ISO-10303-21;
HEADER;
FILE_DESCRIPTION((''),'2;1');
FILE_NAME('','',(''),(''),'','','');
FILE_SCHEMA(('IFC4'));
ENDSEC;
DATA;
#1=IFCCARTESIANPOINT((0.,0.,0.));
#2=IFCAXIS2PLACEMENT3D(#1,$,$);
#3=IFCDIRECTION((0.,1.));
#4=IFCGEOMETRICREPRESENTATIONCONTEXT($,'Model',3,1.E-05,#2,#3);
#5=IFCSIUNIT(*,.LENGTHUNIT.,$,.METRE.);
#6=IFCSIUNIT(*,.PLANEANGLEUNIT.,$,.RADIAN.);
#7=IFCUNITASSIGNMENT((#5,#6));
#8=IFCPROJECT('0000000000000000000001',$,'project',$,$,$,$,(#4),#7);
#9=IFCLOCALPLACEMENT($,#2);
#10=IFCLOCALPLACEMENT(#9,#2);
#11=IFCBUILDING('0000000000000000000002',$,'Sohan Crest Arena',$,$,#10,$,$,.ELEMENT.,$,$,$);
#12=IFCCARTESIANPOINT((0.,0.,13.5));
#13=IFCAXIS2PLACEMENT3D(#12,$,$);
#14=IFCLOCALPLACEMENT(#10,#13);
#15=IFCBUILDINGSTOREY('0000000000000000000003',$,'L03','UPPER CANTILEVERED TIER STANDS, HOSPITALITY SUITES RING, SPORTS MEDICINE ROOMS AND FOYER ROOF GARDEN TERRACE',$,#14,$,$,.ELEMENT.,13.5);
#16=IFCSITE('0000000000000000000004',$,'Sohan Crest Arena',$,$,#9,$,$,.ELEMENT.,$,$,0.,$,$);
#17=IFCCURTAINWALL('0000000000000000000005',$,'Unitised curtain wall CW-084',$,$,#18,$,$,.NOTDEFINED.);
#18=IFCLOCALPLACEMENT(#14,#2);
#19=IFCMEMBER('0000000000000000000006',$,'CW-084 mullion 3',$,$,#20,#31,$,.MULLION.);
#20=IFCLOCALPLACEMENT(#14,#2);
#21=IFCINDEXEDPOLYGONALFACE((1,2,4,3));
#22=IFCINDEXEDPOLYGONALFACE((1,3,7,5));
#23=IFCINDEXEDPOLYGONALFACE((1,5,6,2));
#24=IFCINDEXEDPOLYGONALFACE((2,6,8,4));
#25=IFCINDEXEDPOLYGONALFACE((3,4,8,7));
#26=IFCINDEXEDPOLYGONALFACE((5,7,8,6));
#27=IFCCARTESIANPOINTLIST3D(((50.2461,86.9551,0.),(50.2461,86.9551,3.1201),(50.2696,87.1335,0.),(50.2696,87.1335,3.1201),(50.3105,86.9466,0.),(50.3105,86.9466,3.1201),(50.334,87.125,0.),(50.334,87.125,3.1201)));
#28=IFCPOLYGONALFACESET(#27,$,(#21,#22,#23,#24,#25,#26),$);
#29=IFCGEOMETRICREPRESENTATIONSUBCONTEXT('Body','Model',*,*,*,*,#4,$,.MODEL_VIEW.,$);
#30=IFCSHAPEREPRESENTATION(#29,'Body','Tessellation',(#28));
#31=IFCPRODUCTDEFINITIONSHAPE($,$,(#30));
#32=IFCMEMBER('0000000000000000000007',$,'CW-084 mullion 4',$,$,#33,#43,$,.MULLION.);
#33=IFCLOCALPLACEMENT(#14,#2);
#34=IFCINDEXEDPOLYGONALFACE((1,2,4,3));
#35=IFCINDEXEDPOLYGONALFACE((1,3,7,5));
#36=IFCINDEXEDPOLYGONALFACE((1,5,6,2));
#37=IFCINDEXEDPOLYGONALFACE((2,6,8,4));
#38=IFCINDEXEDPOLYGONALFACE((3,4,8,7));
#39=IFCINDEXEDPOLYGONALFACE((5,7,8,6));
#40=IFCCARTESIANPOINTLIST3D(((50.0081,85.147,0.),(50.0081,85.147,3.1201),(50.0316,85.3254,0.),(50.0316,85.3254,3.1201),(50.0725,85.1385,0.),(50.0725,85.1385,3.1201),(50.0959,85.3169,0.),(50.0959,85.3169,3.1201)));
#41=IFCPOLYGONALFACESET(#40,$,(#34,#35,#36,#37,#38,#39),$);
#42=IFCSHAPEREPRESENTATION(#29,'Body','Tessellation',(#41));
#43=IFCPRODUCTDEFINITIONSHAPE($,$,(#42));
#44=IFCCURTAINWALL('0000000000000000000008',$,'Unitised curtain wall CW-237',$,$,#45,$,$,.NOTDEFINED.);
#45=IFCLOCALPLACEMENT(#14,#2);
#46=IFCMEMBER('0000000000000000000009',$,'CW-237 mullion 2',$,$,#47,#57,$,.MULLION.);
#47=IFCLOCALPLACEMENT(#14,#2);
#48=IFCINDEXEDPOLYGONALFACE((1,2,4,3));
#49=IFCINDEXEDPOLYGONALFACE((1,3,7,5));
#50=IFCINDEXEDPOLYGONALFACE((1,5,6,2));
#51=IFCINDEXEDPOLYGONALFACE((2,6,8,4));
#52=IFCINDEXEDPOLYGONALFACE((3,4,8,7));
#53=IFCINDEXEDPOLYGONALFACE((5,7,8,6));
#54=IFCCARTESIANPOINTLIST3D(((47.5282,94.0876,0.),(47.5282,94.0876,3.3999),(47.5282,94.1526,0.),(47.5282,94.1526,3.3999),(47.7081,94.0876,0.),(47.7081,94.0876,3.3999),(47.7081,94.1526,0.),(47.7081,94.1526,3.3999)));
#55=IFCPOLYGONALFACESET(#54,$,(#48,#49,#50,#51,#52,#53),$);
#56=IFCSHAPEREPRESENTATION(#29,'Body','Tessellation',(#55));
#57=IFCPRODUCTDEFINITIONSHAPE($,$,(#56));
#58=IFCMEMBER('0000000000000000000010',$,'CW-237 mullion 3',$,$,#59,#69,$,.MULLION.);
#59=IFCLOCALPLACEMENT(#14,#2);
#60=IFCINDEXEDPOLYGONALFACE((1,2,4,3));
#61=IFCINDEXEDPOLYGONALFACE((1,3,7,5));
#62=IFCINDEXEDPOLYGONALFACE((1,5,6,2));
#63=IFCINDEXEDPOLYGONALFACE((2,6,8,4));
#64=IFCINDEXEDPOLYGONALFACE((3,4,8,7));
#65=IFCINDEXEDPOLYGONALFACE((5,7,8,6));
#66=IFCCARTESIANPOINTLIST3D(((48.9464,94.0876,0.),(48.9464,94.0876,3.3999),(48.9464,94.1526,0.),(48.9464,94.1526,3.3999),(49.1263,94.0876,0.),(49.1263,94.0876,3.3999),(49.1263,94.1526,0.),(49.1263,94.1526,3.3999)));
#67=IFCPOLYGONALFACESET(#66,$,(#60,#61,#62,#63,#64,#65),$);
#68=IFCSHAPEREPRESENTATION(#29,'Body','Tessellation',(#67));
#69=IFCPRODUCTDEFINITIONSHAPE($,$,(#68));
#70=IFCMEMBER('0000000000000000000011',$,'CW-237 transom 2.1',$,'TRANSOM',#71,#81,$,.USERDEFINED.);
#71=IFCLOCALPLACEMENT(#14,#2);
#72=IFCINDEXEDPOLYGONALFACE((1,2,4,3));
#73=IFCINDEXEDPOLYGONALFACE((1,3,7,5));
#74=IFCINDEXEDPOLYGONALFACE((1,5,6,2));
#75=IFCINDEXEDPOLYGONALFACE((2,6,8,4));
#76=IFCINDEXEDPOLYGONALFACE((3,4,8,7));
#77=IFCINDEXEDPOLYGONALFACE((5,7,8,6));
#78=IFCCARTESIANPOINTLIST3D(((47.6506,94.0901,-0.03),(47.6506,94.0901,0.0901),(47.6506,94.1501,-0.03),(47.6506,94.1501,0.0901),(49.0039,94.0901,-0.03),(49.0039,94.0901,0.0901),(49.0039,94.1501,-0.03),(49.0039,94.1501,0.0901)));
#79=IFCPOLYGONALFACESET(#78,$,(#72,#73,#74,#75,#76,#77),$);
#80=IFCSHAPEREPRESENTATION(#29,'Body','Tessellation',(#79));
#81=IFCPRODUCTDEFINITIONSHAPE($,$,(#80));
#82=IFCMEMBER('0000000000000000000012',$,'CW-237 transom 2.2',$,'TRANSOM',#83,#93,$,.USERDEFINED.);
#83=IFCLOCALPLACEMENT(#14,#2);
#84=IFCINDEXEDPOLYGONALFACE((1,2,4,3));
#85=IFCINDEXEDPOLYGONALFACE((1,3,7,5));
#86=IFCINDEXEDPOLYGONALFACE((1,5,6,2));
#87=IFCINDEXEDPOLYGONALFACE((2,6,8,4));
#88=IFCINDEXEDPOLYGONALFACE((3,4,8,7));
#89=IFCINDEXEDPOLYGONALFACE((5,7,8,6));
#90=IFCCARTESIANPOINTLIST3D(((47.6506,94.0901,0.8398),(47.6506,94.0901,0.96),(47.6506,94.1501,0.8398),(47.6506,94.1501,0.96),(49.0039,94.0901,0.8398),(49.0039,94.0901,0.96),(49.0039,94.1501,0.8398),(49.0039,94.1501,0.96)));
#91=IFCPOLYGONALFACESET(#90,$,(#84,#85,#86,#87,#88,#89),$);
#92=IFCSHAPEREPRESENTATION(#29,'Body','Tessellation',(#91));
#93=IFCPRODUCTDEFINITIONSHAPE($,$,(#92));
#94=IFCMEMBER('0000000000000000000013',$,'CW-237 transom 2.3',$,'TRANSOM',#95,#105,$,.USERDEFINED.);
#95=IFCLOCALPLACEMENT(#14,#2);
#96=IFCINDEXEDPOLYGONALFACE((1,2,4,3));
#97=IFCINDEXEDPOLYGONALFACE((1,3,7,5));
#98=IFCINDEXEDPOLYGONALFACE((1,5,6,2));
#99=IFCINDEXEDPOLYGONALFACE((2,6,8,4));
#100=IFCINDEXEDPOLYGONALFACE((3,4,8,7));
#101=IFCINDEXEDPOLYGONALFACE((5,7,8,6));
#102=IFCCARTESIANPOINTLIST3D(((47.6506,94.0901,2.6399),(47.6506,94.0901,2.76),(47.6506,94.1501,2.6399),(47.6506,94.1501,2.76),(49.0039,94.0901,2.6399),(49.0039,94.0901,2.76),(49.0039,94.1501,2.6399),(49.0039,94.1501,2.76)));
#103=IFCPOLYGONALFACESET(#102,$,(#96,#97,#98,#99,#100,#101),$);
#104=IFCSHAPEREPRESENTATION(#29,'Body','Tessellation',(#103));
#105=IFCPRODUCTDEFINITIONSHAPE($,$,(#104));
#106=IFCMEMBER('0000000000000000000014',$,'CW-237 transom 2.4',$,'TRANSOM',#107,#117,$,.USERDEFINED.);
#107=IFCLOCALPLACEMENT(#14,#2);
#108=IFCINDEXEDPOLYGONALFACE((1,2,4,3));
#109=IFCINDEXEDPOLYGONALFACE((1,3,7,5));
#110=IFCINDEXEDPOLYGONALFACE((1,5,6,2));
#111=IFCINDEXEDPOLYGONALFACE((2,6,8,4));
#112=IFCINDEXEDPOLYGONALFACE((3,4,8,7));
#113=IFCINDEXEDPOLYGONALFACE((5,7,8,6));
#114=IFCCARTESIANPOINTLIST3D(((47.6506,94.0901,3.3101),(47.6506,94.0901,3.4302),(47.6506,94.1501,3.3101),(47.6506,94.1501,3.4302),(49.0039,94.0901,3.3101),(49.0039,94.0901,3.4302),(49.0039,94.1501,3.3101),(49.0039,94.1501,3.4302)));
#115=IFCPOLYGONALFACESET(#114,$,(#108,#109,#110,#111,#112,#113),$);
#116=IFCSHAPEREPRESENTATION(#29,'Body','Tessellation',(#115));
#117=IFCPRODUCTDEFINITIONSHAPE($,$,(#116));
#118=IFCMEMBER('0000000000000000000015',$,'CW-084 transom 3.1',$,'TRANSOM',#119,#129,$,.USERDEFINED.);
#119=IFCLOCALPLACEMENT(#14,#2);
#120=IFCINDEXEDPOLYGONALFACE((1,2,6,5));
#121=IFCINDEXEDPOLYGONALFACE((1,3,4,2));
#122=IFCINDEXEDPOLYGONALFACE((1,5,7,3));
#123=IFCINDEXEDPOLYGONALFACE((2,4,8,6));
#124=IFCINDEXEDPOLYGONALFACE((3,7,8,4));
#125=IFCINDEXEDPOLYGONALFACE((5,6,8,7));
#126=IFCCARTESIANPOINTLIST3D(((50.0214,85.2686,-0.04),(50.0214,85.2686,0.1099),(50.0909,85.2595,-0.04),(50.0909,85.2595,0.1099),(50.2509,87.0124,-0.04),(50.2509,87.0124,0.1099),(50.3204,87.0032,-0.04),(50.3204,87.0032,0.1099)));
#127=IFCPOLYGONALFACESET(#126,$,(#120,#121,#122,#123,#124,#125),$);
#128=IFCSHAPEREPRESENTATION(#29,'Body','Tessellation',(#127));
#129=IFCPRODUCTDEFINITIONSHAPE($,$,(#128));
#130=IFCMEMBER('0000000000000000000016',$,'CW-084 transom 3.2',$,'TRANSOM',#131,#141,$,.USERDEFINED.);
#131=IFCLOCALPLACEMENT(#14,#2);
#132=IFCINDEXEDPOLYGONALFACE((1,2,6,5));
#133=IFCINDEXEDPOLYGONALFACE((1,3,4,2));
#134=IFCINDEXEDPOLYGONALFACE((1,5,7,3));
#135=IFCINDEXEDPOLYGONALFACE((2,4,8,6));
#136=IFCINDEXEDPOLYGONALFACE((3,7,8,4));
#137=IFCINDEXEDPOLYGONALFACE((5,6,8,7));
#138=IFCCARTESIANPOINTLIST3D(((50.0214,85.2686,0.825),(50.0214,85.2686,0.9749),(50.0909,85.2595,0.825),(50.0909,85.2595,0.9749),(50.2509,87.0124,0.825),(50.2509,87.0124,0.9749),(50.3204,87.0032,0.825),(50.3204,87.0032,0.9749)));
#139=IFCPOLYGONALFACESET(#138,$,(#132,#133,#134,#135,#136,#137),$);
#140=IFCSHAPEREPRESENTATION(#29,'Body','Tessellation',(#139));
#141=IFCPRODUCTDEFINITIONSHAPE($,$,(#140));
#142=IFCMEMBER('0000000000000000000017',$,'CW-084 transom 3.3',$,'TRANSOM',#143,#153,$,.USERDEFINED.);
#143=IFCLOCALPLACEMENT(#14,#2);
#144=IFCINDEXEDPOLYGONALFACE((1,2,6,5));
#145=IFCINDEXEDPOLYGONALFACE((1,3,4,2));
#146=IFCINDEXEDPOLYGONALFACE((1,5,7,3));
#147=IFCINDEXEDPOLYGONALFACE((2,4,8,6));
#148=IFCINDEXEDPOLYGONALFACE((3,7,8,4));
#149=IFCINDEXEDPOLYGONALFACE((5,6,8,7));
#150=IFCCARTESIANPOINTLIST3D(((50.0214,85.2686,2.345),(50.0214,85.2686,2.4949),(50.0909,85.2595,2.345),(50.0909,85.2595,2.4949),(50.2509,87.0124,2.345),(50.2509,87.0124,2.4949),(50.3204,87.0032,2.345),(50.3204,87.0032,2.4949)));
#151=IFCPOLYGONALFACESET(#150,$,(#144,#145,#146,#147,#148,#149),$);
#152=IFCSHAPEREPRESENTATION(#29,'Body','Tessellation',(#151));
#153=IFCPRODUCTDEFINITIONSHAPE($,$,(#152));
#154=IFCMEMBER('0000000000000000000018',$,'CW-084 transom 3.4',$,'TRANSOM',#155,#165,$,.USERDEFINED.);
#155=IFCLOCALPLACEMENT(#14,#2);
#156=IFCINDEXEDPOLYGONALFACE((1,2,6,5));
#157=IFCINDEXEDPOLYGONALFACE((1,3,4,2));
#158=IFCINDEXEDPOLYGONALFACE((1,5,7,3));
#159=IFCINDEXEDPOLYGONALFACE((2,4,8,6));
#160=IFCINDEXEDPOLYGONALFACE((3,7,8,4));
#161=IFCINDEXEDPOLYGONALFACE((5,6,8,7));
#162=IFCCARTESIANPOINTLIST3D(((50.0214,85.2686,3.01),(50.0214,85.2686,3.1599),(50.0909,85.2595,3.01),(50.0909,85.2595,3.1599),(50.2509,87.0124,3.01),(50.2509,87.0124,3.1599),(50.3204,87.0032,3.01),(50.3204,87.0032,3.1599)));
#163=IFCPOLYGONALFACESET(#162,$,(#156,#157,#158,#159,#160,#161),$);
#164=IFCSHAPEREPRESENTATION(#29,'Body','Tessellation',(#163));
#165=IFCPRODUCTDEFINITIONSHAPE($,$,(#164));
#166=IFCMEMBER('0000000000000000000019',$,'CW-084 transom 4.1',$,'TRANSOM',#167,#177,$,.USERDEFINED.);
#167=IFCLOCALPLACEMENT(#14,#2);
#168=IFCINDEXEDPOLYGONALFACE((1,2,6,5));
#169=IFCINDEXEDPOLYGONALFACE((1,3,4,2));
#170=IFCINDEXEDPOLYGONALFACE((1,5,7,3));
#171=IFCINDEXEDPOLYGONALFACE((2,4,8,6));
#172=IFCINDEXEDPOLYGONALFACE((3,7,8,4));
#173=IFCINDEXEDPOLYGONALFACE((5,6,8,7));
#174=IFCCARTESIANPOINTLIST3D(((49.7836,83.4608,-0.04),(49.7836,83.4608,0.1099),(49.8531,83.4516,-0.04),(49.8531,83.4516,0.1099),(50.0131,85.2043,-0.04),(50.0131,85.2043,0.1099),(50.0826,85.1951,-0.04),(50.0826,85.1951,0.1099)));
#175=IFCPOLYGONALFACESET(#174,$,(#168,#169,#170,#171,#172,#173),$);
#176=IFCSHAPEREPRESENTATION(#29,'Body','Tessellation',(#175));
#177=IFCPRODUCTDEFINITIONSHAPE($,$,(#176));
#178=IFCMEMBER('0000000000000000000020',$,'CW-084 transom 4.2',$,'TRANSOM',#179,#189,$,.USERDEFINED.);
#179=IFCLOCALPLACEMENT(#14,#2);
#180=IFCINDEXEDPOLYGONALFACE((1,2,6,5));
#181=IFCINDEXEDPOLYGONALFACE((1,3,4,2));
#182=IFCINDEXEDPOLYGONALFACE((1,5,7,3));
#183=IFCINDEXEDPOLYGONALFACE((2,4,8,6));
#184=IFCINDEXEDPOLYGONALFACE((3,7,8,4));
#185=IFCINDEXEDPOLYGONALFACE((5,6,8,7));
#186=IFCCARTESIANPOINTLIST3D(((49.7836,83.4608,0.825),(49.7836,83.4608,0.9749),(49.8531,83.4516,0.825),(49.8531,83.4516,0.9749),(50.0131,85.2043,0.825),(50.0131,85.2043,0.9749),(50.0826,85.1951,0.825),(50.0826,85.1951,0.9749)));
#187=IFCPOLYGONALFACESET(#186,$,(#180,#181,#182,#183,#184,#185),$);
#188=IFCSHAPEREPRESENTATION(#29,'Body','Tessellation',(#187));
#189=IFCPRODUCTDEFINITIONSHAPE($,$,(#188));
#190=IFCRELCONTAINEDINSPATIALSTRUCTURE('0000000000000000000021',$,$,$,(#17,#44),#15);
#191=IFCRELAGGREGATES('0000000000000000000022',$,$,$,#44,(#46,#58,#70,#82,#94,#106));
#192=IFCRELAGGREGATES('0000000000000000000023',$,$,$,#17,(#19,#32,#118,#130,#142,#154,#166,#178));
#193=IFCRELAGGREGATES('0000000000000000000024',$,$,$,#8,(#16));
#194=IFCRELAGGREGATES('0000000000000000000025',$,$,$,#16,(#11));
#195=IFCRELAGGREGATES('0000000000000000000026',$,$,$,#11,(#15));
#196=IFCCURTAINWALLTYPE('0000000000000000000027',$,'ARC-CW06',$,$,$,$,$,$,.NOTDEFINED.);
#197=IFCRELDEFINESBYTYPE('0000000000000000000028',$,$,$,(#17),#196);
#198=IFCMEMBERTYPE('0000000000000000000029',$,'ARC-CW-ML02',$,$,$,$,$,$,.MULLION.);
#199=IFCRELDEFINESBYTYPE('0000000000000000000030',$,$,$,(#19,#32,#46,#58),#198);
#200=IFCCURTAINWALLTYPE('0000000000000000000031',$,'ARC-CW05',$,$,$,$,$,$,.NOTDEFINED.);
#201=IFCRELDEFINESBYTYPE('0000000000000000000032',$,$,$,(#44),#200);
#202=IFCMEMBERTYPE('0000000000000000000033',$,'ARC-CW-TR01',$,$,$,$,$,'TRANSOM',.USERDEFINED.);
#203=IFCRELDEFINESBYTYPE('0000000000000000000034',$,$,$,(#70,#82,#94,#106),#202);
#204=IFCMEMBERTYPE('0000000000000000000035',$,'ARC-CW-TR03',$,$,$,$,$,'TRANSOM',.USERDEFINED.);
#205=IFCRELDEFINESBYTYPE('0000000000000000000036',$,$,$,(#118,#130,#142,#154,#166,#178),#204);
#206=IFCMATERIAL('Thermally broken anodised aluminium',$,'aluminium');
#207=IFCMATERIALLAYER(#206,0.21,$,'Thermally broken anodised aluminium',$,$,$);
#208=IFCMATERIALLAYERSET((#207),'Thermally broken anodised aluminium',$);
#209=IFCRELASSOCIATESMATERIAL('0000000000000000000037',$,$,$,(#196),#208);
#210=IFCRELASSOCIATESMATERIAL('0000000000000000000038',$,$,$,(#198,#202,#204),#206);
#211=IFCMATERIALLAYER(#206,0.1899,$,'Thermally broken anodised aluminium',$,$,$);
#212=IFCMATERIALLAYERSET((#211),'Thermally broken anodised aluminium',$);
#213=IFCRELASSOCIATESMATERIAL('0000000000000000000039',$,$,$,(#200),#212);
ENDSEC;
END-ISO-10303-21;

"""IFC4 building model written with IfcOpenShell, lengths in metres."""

from ifc_helpers import new_model, si_unit, direction, frame, origin, origin_2d, place, context, subcontext, project, spatial, rectangle, extrude, material, layer, layer_set, material_profile, profile_set, type_object, element, aggregate, save


model = new_model("IFC4")

# Units and contexts
model_context = context("Model", 3, precision=1e-05, world=origin(), true_north=direction((0.0, 1.0)))
body_context = subcontext(model_context, "Body", "Model", "MODEL_VIEW")
ifc_project = project(units=[si_unit("LENGTHUNIT", "METRE"), si_unit("PLANEANGLEUNIT", "RADIAN")], contexts=[model_context])

# Site, building, storey
site_placement = place(None, origin())
site = spatial("IfcSite", under=ifc_project, at=site_placement, Name="Sohan Crest Arena", CompositionType="ELEMENT", RefElevation=0.0)
building_placement = place(site_placement, origin())
building = spatial("IfcBuilding", under=site, at=building_placement, Name="Sohan Crest Arena", CompositionType="ELEMENT")
storey_placement = place(building_placement, frame((0.0, 0.0, 13.5)))
storey = spatial("IfcBuildingStorey", under=building, at=storey_placement, Name="L03", Description="UPPER CANTILEVERED TIER STANDS, HOSPITALITY SUITES RING, SPORTS MEDICINE ROOMS AND FOYER ROOF GARDEN TERRACE", CompositionType="ELEMENT", Elevation=13.5)

# Curtain walls, members
ifc_material_1 = material(Name="Thermally broken anodised aluminium", Category="aluminium")
ifc_layer_1 = layer(ifc_material_1, 0.21, Name="Thermally broken anodised aluminium")
ifc_layer_set_1 = layer_set([ifc_layer_1], Name="Thermally broken anodised aluminium")
curtain_wall_type_1 = type_object("IfcCurtainWallType", Name="ARC-CW06", PredefinedType="NOTDEFINED", material=ifc_layer_set_1)
curtain_wall_1_placement = place(storey_placement, origin())
curtain_wall_1 = element("IfcCurtainWall", 1, at=curtain_wall_1_placement, inside=storey, type_object=curtain_wall_type_1, Name="Unitised curtain wall CW-084", PredefinedType="NOTDEFINED")
ifc_material_profile_1 = material_profile(ifc_material_1, rectangle(XDim=0.0649, YDim=0.1799, at=origin_2d()), Name="ALU-MULL 65x180")
ifc_profile_set_1 = profile_set([ifc_material_profile_1], Name="Thermally broken anodised aluminium")
member_type_1 = type_object("IfcMemberType", Name="ARC-CW-ML02", PredefinedType="MULLION", material=ifc_profile_set_1)
member_1_placement = place(storey_placement, frame((50.29, 87.04, 0.0), z_axis=(0.0, 0.0, 1.0), x_axis=(0.991447, -0.130511, 0.0)))
member_1 = element("IfcMember", 2, at=member_1_placement, type_object=member_type_1, Name="CW-084 mullion 3", PredefinedType="MULLION", context=body_context, shape_type="SweptSolid", body=[
    extrude(rectangle(XDim=0.0649, YDim=0.1799, at=origin_2d()), origin(), (0.0, 0.0, 1.0), 3.1201),
])
member_2_placement = place(storey_placement, frame((50.052, 85.2319, 0.0), z_axis=(0.0, 0.0, 1.0), x_axis=(0.991447, -0.130511, 0.0)))
member_2 = element("IfcMember", 3, at=member_2_placement, type_object=member_type_1, Name="CW-084 mullion 4", PredefinedType="MULLION", context=body_context, shape_type="SweptSolid", body=[
    extrude(rectangle(XDim=0.0649, YDim=0.1799, at=origin_2d()), origin(), (0.0, 0.0, 1.0), 3.1201),
])
ifc_layer_2 = layer(ifc_material_1, 0.1899, Name="Thermally broken anodised aluminium")
ifc_layer_set_2 = layer_set([ifc_layer_2], Name="Thermally broken anodised aluminium")
curtain_wall_type_2 = type_object("IfcCurtainWallType", Name="ARC-CW05", PredefinedType="NOTDEFINED", material=ifc_layer_set_2)
curtain_wall_2_placement = place(storey_placement, origin())
curtain_wall_2 = element("IfcCurtainWall", 4, at=curtain_wall_2_placement, inside=storey, type_object=curtain_wall_type_2, Name="Unitised curtain wall CW-237", PredefinedType="NOTDEFINED")
member_3_placement = place(storey_placement, frame((47.6182, 94.1201, 0.0), z_axis=(0.0, 0.0, 1.0), x_axis=(0.0, 1.0, 0.0)))
member_3 = element("IfcMember", 5, at=member_3_placement, type_object=member_type_1, Name="CW-237 mullion 2", PredefinedType="MULLION", context=body_context, shape_type="SweptSolid", body=[
    extrude(rectangle(XDim=0.0649, YDim=0.1799, at=origin_2d()), origin(), (0.0, 0.0, 1.0), 3.3999),
])
member_4_placement = place(storey_placement, frame((49.0364, 94.1201, 0.0), z_axis=(0.0, 0.0, 1.0), x_axis=(0.0, 1.0, 0.0)))
member_4 = element("IfcMember", 6, at=member_4_placement, type_object=member_type_1, Name="CW-237 mullion 3", PredefinedType="MULLION", context=body_context, shape_type="SweptSolid", body=[
    extrude(rectangle(XDim=0.0649, YDim=0.1799, at=origin_2d()), origin(), (0.0, 0.0, 1.0), 3.3999),
])
ifc_material_profile_2 = material_profile(ifc_material_1, rectangle(XDim=0.0601, YDim=0.1201, at=origin_2d()), Name="ALU-TRAN 60x120")
ifc_profile_set_2 = profile_set([ifc_material_profile_2], Name="Thermally broken anodised aluminium")
member_type_2 = type_object("IfcMemberType", Name="ARC-CW-TR01", ElementType="TRANSOM", PredefinedType="USERDEFINED", material=ifc_profile_set_2)
member_5_placement = place(storey_placement, frame((47.6506, 94.1201, 0.03), z_axis=(1.0, 0.0, 0.0), x_axis=(0.0, 1.0, 0.0)))
member_5 = element("IfcMember", 7, at=member_5_placement, type_object=member_type_2, Name="CW-237 transom 2.1", ObjectType="TRANSOM", PredefinedType="USERDEFINED", context=body_context, shape_type="SweptSolid", body=[
    extrude(rectangle(XDim=0.0601, YDim=0.1201, at=origin_2d()), origin(), (0.0, 0.0, 1.0), 1.3533),
])
member_6_placement = place(storey_placement, frame((47.6506, 94.1201, 0.8999), z_axis=(1.0, 0.0, 0.0), x_axis=(0.0, 1.0, 0.0)))
member_6 = element("IfcMember", 8, at=member_6_placement, type_object=member_type_2, Name="CW-237 transom 2.2", ObjectType="TRANSOM", PredefinedType="USERDEFINED", context=body_context, shape_type="SweptSolid", body=[
    extrude(rectangle(XDim=0.0601, YDim=0.1201, at=origin_2d()), origin(), (0.0, 0.0, 1.0), 1.3533),
])
member_7_placement = place(storey_placement, frame((47.6506, 94.1201, 2.7), z_axis=(1.0, 0.0, 0.0), x_axis=(0.0, 1.0, 0.0)))
member_7 = element("IfcMember", 9, at=member_7_placement, type_object=member_type_2, Name="CW-237 transom 2.3", ObjectType="TRANSOM", PredefinedType="USERDEFINED", context=body_context, shape_type="SweptSolid", body=[
    extrude(rectangle(XDim=0.0601, YDim=0.1201, at=origin_2d()), origin(), (0.0, 0.0, 1.0), 1.3533),
])
member_8_placement = place(storey_placement, frame((47.6506, 94.1201, 3.3701), z_axis=(1.0, 0.0, 0.0), x_axis=(0.0, 1.0, 0.0)))
member_8 = element("IfcMember", 10, at=member_8_placement, type_object=member_type_2, Name="CW-237 transom 2.4", ObjectType="TRANSOM", PredefinedType="USERDEFINED", context=body_context, shape_type="SweptSolid", body=[
    extrude(rectangle(XDim=0.0601, YDim=0.1201, at=origin_2d()), origin(), (0.0, 0.0, 1.0), 1.3533),
])

# Members
ifc_material_profile_3 = material_profile(ifc_material_1, rectangle(XDim=0.0701, YDim=0.1499, at=origin_2d()), Name="ALU-TRAN 70x150")
ifc_profile_set_3 = profile_set([ifc_material_profile_3], Name="Thermally broken anodised aluminium")
member_type_3 = type_object("IfcMemberType", Name="ARC-CW-TR03", ElementType="TRANSOM", PredefinedType="USERDEFINED", material=ifc_profile_set_3)
member_9_placement = place(storey_placement, frame((50.2856, 87.0078, 0.0349), z_axis=(-0.13049, -0.99145, 0.0), x_axis=(0.99145, -0.13049, 0.0)))
member_9 = element("IfcMember", 11, at=member_9_placement, type_object=member_type_3, Name="CW-084 transom 3.1", ObjectType="TRANSOM", PredefinedType="USERDEFINED", context=body_context, shape_type="SweptSolid", body=[
    extrude(rectangle(XDim=0.0701, YDim=0.1499, at=origin_2d()), origin(), (0.0, 0.0, 1.0), 1.7588),
])
member_10_placement = place(storey_placement, frame((50.2856, 87.0078, 0.8999), z_axis=(-0.13049, -0.99145, 0.0), x_axis=(0.99145, -0.13049, 0.0)))
member_10 = element("IfcMember", 12, at=member_10_placement, type_object=member_type_3, Name="CW-084 transom 3.2", ObjectType="TRANSOM", PredefinedType="USERDEFINED", context=body_context, shape_type="SweptSolid", body=[
    extrude(rectangle(XDim=0.0701, YDim=0.1499, at=origin_2d()), origin(), (0.0, 0.0, 1.0), 1.7588),
])
member_11_placement = place(storey_placement, frame((50.2856, 87.0078, 2.4199), z_axis=(-0.13049, -0.99145, 0.0), x_axis=(0.99145, -0.13049, 0.0)))
member_11 = element("IfcMember", 13, at=member_11_placement, type_object=member_type_3, Name="CW-084 transom 3.3", ObjectType="TRANSOM", PredefinedType="USERDEFINED", context=body_context, shape_type="SweptSolid", body=[
    extrude(rectangle(XDim=0.0701, YDim=0.1499, at=origin_2d()), origin(), (0.0, 0.0, 1.0), 1.7588),
])
member_12_placement = place(storey_placement, frame((50.2856, 87.0078, 3.085), z_axis=(-0.13049, -0.99145, 0.0), x_axis=(0.99145, -0.13049, 0.0)))
member_12 = element("IfcMember", 14, at=member_12_placement, type_object=member_type_3, Name="CW-084 transom 3.4", ObjectType="TRANSOM", PredefinedType="USERDEFINED", context=body_context, shape_type="SweptSolid", body=[
    extrude(rectangle(XDim=0.0701, YDim=0.1499, at=origin_2d()), origin(), (0.0, 0.0, 1.0), 1.7588),
])
member_13_placement = place(storey_placement, frame((50.0479, 85.1997, 0.0349), z_axis=(-0.130508, -0.991447, 0.0), x_axis=(0.991447, -0.130508, 0.0)))
member_13 = element("IfcMember", 15, at=member_13_placement, type_object=member_type_3, Name="CW-084 transom 4.1", ObjectType="TRANSOM", PredefinedType="USERDEFINED", context=body_context, shape_type="SweptSolid", body=[
    extrude(rectangle(XDim=0.0701, YDim=0.1499, at=origin_2d()), origin(), (0.0, 0.0, 1.0), 1.7585),
])
member_14_placement = place(storey_placement, frame((50.0479, 85.1997, 0.8999), z_axis=(-0.130508, -0.991447, 0.0), x_axis=(0.991447, -0.130508, 0.0)))
member_14 = element("IfcMember", 16, at=member_14_placement, type_object=member_type_3, Name="CW-084 transom 4.2", ObjectType="TRANSOM", PredefinedType="USERDEFINED", context=body_context, shape_type="SweptSolid", body=[
    extrude(rectangle(XDim=0.0701, YDim=0.1499, at=origin_2d()), origin(), (0.0, 0.0, 1.0), 1.7585),
])

aggregate(curtain_wall_2, [member_3, member_4, member_5, member_6, member_7, member_8])
aggregate(curtain_wall_1, [member_1, member_2, member_9, member_10, member_11, member_12, member_13, member_14])

save(model, "model.ifc")
